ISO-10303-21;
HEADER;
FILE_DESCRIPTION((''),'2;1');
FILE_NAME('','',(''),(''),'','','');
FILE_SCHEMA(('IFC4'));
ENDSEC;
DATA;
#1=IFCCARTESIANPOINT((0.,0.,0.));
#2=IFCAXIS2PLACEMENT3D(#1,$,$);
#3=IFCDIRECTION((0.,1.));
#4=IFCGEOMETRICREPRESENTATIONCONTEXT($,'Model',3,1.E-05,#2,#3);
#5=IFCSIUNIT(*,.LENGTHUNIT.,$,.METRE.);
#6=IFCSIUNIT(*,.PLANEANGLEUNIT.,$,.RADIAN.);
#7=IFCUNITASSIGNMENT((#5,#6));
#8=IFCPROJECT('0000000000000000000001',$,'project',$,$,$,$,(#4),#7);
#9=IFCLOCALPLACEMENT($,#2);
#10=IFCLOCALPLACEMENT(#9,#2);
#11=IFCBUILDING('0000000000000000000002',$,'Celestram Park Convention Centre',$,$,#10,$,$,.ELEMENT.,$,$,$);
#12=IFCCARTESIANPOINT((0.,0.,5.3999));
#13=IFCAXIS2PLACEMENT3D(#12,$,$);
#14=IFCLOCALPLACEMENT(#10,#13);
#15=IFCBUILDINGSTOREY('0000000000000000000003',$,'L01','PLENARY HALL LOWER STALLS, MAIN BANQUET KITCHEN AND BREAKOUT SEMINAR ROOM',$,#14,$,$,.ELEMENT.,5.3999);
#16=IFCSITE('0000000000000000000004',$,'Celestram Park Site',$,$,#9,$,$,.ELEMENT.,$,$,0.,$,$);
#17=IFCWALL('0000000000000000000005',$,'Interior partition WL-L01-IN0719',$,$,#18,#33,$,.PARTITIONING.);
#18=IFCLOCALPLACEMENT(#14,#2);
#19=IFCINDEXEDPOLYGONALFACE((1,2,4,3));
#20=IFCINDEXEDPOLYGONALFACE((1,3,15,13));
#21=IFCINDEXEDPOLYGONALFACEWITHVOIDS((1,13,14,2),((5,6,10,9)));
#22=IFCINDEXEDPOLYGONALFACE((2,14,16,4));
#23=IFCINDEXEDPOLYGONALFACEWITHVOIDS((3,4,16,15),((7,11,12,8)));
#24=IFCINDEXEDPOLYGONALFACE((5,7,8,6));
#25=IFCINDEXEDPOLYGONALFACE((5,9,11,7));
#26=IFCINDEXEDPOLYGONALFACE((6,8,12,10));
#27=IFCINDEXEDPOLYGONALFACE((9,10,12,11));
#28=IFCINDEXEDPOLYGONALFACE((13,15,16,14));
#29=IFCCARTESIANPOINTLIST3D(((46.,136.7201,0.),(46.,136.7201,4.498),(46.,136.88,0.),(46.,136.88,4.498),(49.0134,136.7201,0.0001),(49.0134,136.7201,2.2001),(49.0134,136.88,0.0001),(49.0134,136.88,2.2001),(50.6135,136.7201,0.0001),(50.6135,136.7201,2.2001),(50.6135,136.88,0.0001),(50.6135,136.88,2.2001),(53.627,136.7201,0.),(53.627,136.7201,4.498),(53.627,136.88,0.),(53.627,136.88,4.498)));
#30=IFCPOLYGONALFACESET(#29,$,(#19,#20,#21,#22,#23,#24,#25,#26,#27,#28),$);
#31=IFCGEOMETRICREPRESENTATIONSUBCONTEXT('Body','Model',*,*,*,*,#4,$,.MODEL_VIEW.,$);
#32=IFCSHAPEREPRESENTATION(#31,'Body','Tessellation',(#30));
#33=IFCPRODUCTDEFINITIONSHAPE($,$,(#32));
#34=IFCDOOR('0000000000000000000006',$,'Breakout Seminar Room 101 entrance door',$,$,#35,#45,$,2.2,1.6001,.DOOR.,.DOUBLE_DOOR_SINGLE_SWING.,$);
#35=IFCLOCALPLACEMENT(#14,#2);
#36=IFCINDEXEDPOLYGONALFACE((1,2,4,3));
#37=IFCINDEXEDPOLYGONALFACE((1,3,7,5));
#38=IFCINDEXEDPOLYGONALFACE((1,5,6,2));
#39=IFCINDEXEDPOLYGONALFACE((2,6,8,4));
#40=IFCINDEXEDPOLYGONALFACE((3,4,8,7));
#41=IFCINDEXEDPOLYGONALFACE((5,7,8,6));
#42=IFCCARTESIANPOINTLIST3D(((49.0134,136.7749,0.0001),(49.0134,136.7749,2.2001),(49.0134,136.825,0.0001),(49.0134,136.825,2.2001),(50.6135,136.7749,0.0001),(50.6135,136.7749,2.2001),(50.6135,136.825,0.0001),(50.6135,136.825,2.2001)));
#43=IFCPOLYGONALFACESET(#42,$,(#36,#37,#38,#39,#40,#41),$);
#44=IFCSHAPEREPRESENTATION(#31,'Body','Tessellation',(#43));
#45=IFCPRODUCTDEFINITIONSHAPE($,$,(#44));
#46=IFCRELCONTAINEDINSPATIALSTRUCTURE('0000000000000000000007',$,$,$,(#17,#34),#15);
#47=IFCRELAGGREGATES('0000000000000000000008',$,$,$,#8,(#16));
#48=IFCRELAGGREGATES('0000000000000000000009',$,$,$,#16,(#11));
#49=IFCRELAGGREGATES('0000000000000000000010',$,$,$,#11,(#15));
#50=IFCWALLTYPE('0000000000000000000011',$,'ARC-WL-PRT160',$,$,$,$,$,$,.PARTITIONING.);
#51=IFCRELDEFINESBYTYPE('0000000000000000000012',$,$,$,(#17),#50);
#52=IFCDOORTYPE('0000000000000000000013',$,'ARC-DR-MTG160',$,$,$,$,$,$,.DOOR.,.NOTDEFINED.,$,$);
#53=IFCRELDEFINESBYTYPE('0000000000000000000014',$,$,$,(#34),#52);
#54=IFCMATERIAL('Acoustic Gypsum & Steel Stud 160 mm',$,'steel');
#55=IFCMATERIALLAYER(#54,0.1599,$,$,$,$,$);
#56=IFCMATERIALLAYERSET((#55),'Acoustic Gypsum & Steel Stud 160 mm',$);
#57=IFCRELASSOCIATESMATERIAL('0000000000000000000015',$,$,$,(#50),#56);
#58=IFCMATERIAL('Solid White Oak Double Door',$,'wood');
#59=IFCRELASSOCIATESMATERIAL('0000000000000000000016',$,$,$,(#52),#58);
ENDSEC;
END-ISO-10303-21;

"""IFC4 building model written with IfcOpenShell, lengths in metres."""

from ifc_helpers import new_model, si_unit, direction, frame, frame_2d, origin, place, context, subcontext, project, spatial, rectangle, extrude, material, layer, layer_set, type_object, element, fill, save


model = new_model("IFC4")

# Units and contexts
model_context = context("Model", 3, precision=1e-05, world=origin(), true_north=direction((0.0, 1.0)))
body_context = subcontext(model_context, "Body", "Model", "MODEL_VIEW")
ifc_project = project(units=[si_unit("LENGTHUNIT", "METRE"), si_unit("PLANEANGLEUNIT", "RADIAN")], contexts=[model_context])

# Site, building, storey
site_placement = place(None, origin())
site = spatial("IfcSite", under=ifc_project, at=site_placement, Name="Celestram Park Site", CompositionType="ELEMENT", RefElevation=0.0)
building_placement = place(site_placement, origin())
building = spatial("IfcBuilding", under=site, at=building_placement, Name="Celestram Park Convention Centre", CompositionType="ELEMENT")
storey_placement = place(building_placement, frame((0.0, 0.0, 5.3999)))
storey = spatial("IfcBuildingStorey", under=building, at=storey_placement, Name="L01", Description="PLENARY HALL LOWER STALLS, MAIN BANQUET KITCHEN AND BREAKOUT SEMINAR ROOM", CompositionType="ELEMENT", Elevation=5.3999)

# Wall, opening, door
ifc_material_1 = material(Name="Acoustic Gypsum & Steel Stud 160 mm", Category="steel")
ifc_layer_1 = layer(ifc_material_1, 0.1599)
ifc_layer_set_1 = layer_set([ifc_layer_1], Name="Acoustic Gypsum & Steel Stud 160 mm")
wall_type = type_object("IfcWallType", Name="ARC-WL-PRT160", PredefinedType="PARTITIONING", material=ifc_layer_set_1)
wall_1_placement = place(storey_placement, frame((46.0, 136.8, 0.0), z_axis=(0.0, 0.0, 1.0), x_axis=(1.0, 0.0, 0.0)))
wall_1 = element("IfcWall", 1, at=wall_1_placement, inside=storey, type_object=wall_type, Name="Interior partition WL-L01-IN0719", PredefinedType="PARTITIONING", context=body_context, shape_type="SweptSolid", body=[
    extrude(rectangle(XDim=7.627, YDim=0.1599, at=frame_2d((3.8135, 0.0))), origin(), (0.0, 0.0, 1.0), 4.498),
])
opening_1_placement = place(wall_1_placement, frame((3.0134, 0.0, 0.0)))
opening_1 = element("IfcOpeningElement", 2, at=opening_1_placement, cuts=wall_1, PredefinedType="OPENING", context=body_context, shape_type="SweptSolid", body=[
    extrude(rectangle(XDim=1.6001, YDim=2.2, at=frame_2d((0.8, 1.1001))), frame((0.0, 0.0898, 0.0), z_axis=(0.0, -1.0, 0.0), x_axis=(1.0, 0.0, 0.0)), (0.0, 0.0, 1.0), 0.1799),
])
ifc_material_2 = material(Name="Solid White Oak Double Door", Category="wood")
door_type_1 = type_object("IfcDoorType", Name="ARC-DR-MTG160", OperationType="NOTDEFINED", PredefinedType="DOOR", material=ifc_material_2)
door_1_placement = place(opening_1_placement, origin())
door_1 = element("IfcDoor", 3, at=door_1_placement, inside=storey, type_object=door_type_1, Name="Breakout Seminar Room 101 entrance door", OperationType="DOUBLE_DOOR_SINGLE_SWING", OverallHeight=2.2, OverallWidth=1.6001, PredefinedType="DOOR", context=body_context, shape_type="SweptSolid", body=[
    extrude(rectangle(XDim=1.6001, YDim=2.2, at=frame_2d((0.8, 1.1001))), frame((0.0, 0.0249, 0.0), z_axis=(0.0, -1.0, 0.0), x_axis=(1.0, 0.0, 0.0)), (0.0, 0.0, 1.0), 0.05),
])
fill(opening_1, door_1)

save(model, "model.ifc")
